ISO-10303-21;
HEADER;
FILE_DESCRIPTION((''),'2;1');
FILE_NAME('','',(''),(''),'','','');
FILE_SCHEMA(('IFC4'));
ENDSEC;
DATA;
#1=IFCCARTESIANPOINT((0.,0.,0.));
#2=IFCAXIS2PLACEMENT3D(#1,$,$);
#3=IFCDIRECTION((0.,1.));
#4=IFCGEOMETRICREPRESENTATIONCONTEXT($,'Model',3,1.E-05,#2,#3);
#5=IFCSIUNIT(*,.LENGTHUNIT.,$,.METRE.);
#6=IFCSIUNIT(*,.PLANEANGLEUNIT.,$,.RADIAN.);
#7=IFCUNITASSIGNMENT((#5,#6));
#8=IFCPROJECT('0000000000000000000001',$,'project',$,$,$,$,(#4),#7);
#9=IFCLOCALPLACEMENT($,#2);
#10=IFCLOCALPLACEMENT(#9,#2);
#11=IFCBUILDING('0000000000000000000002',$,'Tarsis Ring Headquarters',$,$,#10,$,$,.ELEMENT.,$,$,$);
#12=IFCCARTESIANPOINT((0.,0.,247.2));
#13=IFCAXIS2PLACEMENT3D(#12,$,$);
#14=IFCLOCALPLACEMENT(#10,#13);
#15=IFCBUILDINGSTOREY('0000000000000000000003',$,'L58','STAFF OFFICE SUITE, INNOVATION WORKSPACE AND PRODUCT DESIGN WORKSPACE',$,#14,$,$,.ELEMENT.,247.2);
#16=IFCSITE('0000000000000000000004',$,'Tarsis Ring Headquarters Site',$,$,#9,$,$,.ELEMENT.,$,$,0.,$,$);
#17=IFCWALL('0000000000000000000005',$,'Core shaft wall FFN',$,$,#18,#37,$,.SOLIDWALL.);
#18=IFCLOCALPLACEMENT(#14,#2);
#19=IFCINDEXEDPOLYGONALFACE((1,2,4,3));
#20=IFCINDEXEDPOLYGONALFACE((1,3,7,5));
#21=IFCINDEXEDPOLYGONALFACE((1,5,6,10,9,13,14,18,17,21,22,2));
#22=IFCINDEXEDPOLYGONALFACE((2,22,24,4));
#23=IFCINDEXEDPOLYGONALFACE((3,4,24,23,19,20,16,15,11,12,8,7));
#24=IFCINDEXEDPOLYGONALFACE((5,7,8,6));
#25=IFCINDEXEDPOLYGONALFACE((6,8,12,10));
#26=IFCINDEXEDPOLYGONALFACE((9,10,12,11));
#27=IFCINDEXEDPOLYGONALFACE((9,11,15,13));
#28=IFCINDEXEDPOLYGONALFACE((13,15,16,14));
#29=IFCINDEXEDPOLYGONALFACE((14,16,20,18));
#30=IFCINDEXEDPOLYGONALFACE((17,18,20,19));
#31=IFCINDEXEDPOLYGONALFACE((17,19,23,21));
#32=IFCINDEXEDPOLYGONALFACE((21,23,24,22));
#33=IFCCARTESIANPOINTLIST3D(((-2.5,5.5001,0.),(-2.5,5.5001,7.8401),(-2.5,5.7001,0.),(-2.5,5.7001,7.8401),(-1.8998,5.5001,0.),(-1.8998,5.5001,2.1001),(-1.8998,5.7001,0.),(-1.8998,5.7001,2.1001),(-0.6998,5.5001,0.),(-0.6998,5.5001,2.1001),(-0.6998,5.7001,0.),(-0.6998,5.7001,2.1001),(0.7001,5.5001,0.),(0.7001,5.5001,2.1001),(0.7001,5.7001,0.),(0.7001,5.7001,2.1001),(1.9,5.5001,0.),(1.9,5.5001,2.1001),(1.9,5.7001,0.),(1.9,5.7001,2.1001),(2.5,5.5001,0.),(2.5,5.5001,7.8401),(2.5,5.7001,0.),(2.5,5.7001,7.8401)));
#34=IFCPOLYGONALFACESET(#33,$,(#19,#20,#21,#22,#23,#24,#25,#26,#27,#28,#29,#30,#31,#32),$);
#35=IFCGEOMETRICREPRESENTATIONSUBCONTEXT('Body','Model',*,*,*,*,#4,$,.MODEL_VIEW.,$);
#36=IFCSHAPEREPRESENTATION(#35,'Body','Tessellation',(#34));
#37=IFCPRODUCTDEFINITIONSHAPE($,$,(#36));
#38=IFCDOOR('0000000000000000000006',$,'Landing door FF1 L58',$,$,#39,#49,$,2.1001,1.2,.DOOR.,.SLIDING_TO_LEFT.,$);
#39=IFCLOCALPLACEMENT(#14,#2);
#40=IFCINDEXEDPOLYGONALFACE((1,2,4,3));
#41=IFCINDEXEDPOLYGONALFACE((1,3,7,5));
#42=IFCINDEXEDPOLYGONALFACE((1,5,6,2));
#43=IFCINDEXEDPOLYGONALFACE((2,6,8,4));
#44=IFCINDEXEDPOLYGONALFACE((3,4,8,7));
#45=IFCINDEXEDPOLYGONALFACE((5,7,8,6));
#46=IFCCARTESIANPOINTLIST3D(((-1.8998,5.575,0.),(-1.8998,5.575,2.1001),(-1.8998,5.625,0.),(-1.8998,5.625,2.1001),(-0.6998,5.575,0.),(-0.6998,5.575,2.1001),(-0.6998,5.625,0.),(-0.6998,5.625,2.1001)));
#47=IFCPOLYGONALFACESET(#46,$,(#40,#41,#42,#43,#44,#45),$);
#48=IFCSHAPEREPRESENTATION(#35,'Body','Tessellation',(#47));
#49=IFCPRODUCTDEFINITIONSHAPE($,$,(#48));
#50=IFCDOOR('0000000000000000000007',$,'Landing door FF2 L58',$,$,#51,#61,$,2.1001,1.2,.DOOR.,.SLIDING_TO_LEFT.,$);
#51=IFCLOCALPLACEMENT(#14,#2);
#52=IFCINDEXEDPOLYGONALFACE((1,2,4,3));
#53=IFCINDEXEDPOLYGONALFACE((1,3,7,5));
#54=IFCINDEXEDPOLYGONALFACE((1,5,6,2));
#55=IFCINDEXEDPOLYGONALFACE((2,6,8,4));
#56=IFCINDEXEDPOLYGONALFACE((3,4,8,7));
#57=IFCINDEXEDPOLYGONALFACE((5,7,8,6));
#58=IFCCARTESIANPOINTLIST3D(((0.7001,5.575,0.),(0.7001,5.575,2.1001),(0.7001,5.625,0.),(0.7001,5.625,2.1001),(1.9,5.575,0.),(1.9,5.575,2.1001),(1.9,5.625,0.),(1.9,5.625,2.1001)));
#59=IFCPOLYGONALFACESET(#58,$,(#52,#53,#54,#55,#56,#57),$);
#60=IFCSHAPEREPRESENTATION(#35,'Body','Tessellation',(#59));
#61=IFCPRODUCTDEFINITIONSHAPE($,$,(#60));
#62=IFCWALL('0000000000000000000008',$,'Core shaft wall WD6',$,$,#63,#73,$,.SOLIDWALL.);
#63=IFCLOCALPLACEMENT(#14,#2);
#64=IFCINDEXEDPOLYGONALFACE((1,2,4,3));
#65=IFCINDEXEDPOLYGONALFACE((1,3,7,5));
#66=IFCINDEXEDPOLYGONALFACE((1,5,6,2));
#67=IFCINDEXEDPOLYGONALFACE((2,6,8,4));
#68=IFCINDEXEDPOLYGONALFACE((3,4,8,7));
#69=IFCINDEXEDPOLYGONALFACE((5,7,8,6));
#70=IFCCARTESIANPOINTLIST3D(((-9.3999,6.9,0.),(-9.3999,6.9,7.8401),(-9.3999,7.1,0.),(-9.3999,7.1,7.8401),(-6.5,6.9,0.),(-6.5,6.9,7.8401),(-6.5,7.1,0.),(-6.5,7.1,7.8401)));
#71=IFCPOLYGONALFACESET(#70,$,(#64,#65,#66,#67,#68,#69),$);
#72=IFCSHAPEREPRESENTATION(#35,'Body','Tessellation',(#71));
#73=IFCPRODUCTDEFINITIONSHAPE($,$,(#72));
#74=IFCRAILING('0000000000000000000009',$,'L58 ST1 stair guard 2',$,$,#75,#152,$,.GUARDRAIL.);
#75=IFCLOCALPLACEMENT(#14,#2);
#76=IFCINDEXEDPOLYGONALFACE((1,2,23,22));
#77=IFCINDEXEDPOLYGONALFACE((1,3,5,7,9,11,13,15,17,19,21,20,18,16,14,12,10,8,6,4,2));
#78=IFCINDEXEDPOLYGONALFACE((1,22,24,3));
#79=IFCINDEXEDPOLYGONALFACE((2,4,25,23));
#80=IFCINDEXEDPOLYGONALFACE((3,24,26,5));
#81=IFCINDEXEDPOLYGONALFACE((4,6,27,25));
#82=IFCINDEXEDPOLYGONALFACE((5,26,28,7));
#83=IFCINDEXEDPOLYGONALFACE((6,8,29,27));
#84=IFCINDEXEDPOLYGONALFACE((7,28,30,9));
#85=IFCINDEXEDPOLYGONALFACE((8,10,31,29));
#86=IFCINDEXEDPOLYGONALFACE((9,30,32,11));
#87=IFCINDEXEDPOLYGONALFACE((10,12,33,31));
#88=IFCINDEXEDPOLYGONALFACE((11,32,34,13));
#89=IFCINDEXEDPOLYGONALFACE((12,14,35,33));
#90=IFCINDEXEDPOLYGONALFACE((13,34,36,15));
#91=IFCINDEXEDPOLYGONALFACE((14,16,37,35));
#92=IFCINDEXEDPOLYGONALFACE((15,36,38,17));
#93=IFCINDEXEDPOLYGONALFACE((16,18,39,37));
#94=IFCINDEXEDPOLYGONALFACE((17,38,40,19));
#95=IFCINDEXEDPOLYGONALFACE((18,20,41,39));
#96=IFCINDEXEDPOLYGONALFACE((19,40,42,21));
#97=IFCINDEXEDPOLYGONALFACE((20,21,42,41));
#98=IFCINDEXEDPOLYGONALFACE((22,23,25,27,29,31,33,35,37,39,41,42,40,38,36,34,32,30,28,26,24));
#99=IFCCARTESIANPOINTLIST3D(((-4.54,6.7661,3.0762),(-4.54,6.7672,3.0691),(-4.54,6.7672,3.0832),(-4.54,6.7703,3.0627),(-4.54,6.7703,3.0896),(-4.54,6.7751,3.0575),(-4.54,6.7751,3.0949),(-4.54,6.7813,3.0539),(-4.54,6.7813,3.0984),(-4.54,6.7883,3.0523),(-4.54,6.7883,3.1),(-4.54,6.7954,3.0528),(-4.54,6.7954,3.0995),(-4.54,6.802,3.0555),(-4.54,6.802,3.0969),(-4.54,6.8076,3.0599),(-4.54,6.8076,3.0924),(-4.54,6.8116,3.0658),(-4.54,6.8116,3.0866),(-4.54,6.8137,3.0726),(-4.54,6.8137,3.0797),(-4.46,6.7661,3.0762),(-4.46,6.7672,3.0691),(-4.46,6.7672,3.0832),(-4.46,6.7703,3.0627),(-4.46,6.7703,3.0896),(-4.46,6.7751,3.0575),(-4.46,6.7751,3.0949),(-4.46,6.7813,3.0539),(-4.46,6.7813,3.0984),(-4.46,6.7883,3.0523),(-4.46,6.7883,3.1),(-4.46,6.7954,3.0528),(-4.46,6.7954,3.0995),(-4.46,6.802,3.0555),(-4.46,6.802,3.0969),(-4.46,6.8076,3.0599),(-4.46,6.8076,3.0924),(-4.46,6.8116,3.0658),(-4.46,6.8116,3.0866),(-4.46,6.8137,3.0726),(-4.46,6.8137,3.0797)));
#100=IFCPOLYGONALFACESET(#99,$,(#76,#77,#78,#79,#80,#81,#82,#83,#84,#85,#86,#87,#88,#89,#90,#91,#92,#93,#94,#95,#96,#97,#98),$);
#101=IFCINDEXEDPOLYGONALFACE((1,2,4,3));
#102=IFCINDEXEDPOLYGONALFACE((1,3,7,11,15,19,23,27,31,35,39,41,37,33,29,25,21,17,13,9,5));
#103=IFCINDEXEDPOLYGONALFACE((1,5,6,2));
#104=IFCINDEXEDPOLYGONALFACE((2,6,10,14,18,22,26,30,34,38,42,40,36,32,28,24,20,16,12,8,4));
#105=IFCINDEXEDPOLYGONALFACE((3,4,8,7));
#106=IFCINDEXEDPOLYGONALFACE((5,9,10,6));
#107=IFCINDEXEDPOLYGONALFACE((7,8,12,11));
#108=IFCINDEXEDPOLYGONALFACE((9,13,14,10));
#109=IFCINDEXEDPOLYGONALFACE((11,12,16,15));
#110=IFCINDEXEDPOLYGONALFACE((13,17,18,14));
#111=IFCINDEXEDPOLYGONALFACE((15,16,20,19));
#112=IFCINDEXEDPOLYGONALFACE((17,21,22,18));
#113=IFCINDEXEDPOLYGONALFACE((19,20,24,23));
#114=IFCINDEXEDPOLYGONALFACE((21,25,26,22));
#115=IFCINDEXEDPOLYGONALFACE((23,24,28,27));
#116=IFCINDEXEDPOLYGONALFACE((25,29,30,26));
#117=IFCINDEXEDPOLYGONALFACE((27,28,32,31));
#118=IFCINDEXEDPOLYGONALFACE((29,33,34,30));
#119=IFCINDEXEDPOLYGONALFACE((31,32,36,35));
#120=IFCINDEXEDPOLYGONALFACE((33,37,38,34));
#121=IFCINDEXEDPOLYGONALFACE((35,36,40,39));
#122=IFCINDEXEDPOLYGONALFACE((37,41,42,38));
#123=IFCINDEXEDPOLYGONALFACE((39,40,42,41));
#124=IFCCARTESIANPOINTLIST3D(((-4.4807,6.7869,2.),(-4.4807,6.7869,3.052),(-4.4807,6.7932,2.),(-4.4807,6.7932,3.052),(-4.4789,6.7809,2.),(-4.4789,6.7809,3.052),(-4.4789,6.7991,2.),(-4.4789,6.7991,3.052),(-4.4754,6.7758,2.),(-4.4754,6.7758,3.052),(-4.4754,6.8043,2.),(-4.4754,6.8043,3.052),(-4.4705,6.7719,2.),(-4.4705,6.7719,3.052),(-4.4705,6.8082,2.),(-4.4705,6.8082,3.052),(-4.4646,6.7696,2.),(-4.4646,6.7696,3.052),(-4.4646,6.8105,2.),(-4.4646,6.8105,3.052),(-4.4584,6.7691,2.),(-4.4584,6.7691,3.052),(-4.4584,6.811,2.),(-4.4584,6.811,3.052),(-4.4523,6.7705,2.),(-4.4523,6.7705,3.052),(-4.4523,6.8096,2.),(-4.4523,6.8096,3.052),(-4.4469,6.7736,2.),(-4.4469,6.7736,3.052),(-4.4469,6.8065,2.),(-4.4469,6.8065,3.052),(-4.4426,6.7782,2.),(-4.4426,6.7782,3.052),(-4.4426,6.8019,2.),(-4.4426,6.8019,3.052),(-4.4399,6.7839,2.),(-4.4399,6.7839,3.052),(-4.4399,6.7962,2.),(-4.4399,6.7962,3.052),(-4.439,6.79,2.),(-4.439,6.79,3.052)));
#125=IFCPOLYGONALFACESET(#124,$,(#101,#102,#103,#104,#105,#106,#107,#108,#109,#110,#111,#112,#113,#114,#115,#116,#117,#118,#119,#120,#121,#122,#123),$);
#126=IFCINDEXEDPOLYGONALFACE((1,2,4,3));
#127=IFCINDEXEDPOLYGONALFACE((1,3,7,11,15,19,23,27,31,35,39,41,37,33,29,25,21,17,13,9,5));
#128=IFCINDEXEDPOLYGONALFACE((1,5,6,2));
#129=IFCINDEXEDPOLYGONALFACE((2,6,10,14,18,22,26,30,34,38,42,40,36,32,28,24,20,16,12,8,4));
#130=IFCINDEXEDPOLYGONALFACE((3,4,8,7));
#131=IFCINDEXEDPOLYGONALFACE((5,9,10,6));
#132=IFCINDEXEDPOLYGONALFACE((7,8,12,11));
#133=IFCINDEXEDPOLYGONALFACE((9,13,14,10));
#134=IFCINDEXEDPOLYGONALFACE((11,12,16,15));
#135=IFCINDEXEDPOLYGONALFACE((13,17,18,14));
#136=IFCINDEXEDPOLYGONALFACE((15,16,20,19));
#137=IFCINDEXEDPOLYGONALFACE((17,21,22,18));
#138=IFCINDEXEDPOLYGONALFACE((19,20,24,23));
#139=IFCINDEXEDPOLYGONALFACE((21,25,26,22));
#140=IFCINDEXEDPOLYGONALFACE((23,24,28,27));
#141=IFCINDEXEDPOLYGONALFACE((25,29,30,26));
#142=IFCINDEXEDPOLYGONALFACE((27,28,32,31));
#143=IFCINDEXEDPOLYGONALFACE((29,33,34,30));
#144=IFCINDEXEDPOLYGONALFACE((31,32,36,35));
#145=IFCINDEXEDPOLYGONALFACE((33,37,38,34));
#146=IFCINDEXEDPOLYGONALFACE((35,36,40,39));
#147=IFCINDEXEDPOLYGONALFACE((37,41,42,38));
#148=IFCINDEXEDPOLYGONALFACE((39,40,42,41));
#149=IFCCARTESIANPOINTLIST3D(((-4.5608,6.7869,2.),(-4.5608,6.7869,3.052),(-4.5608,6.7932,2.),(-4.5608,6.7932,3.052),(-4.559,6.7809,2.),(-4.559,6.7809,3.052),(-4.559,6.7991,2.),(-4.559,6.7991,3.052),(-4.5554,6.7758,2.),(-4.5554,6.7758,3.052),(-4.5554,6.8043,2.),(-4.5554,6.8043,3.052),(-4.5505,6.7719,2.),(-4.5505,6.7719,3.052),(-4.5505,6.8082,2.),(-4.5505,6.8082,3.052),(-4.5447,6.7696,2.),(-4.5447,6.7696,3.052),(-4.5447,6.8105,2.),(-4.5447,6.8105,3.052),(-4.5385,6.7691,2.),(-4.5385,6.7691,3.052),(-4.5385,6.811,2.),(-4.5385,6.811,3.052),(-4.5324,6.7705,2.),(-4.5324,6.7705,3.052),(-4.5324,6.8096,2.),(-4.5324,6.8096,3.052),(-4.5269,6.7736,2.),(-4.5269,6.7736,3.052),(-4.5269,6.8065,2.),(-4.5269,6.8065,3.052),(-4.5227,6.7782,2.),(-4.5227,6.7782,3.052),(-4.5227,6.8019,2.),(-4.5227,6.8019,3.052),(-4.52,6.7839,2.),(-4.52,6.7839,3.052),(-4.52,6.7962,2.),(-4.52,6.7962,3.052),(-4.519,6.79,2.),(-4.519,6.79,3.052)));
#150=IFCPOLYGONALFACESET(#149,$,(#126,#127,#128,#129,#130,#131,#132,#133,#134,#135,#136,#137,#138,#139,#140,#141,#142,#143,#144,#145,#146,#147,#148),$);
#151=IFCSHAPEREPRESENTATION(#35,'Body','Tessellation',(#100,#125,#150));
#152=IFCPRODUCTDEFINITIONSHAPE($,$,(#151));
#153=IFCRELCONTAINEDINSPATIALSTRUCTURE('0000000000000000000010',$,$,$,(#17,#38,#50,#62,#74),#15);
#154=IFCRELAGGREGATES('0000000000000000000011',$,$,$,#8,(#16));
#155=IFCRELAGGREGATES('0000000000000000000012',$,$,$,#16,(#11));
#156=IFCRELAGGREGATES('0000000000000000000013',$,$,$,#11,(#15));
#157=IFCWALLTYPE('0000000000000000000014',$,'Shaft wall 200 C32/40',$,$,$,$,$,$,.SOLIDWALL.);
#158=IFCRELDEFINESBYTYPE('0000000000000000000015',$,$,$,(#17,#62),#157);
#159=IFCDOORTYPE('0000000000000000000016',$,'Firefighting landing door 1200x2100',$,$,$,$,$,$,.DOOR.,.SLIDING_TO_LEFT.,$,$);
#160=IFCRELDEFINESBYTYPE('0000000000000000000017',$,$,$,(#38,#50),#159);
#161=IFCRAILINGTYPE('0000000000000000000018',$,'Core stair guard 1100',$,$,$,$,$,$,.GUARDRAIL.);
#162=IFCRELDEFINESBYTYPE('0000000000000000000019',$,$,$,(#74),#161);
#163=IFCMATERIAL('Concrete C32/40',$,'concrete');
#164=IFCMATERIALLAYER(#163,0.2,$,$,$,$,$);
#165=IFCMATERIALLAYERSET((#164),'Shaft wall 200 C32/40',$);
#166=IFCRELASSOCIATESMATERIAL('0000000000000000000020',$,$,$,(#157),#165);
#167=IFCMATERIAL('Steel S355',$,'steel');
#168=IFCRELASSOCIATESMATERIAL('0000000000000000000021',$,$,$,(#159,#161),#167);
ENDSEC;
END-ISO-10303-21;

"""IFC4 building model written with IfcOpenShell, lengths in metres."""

from ifc_helpers import new_model, si_unit, direction, frame, frame_2d, origin, origin_2d, place, context, subcontext, project, spatial, rectangle, circle, extrude, material, layer, layer_set, type_object, element, fill, save


model = new_model("IFC4")

# Units and contexts
model_context = context("Model", 3, precision=1e-05, world=origin(), true_north=direction((0.0, 1.0)))
body_context = subcontext(model_context, "Body", "Model", "MODEL_VIEW")
ifc_project = project(units=[si_unit("LENGTHUNIT", "METRE"), si_unit("PLANEANGLEUNIT", "RADIAN")], contexts=[model_context])

# Site, building, storey
site_placement = place(None, origin())
site = spatial("IfcSite", under=ifc_project, at=site_placement, Name="Tarsis Ring Headquarters Site", CompositionType="ELEMENT", RefElevation=0.0)
building_placement = place(site_placement, origin())
building = spatial("IfcBuilding", under=site, at=building_placement, Name="Tarsis Ring Headquarters", CompositionType="ELEMENT")
storey_placement = place(building_placement, frame((0.0, 0.0, 247.2)))
storey = spatial("IfcBuildingStorey", under=building, at=storey_placement, Name="L58", Description="STAFF OFFICE SUITE, INNOVATION WORKSPACE AND PRODUCT DESIGN WORKSPACE", CompositionType="ELEMENT", Elevation=247.2)

# Shared definitions
ifc_material_1 = material(Name="Steel S355", Category="steel")

# Shared definitions
ifc_material_2 = material(Name="Concrete C32/40", Category="concrete")
ifc_layer_1 = layer(ifc_material_2, 0.2)
ifc_layer_set_1 = layer_set([ifc_layer_1], Name="Shaft wall 200 C32/40")
wall_type_1 = type_object("IfcWallType", Name="Shaft wall 200 C32/40", PredefinedType="SOLIDWALL", material=ifc_layer_set_1)

# Wall, openings, doors
wall_1_placement = place(storey_placement, frame((-2.5, 5.6001, 0.0), z_axis=(0.0, 0.0, 1.0), x_axis=(1.0, 0.0, 0.0)))
wall_1 = element("IfcWall", 1, at=wall_1_placement, inside=storey, type_object=wall_type_1, Name="Core shaft wall FFN", PredefinedType="SOLIDWALL", context=body_context, shape_type="SweptSolid", body=[
    extrude(rectangle(XDim=5.0, YDim=0.2, at=frame_2d((2.5, 0.0))), origin(), (0.0, 0.0, 1.0), 7.8401),
])
opening_1_placement = place(wall_1_placement, frame((0.6001, 0.0, 0.0)))
opening_1 = element("IfcOpeningElement", 2, at=opening_1_placement, cuts=wall_1, PredefinedType="OPENING", context=body_context, shape_type="SweptSolid", body=[
    extrude(rectangle(XDim=1.2, YDim=2.1001, at=frame_2d((0.6001, 1.05))), frame((0.0, 0.1099, 0.0), z_axis=(0.0, -1.0, 0.0), x_axis=(1.0, 0.0, 0.0)), (0.0, 0.0, 1.0), 0.22),
])
opening_2_placement = place(wall_1_placement, frame((3.2, 0.0, 0.0)))
opening_2 = element("IfcOpeningElement", 3, at=opening_2_placement, cuts=wall_1, PredefinedType="OPENING", context=body_context, shape_type="SweptSolid", body=[
    extrude(rectangle(XDim=1.2, YDim=2.1001, at=frame_2d((0.6001, 1.05))), frame((0.0, 0.1099, 0.0), z_axis=(0.0, -1.0, 0.0), x_axis=(1.0, 0.0, 0.0)), (0.0, 0.0, 1.0), 0.22),
])
door_type_1 = type_object("IfcDoorType", Name="Firefighting landing door 1200x2100", OperationType="SLIDING_TO_LEFT", PredefinedType="DOOR", material=ifc_material_1)
door_1_placement = place(opening_1_placement, origin())
door_1 = element("IfcDoor", 4, at=door_1_placement, inside=storey, type_object=door_type_1, Name="Landing door FF1 L58", OperationType="SLIDING_TO_LEFT", OverallHeight=2.1001, OverallWidth=1.2, PredefinedType="DOOR", context=body_context, shape_type="SweptSolid", body=[
    extrude(rectangle(XDim=1.2, YDim=2.1001, at=frame_2d((0.6001, 1.05))), frame((0.0, 0.0249, 0.0), z_axis=(0.0, -1.0, 0.0), x_axis=(1.0, 0.0, 0.0)), (0.0, 0.0, 1.0), 0.05),
])
fill(opening_1, door_1)
door_2_placement = place(opening_2_placement, origin())
door_2 = element("IfcDoor", 5, at=door_2_placement, inside=storey, type_object=door_type_1, Name="Landing door FF2 L58", OperationType="SLIDING_TO_LEFT", OverallHeight=2.1001, OverallWidth=1.2, PredefinedType="DOOR", context=body_context, shape_type="SweptSolid", body=[
    extrude(rectangle(XDim=1.2, YDim=2.1001, at=frame_2d((0.6001, 1.05))), frame((0.0, 0.0249, 0.0), z_axis=(0.0, -1.0, 0.0), x_axis=(1.0, 0.0, 0.0)), (0.0, 0.0, 1.0), 0.05),
])
fill(opening_2, door_2)

# Wall
wall_2_placement = place(storey_placement, frame((-9.3999, 7.0, 0.0), z_axis=(0.0, 0.0, 1.0), x_axis=(1.0, 0.0, 0.0)))
element("IfcWall", 6, at=wall_2_placement, inside=storey, type_object=wall_type_1, Name="Core shaft wall WD6", PredefinedType="SOLIDWALL", context=body_context, shape_type="SweptSolid", body=[
    extrude(rectangle(XDim=2.8999, YDim=0.2, at=frame_2d((1.45, 0.0))), origin(), (0.0, 0.0, 1.0), 7.8401),
])

# Railing
railing_type_1 = type_object("IfcRailingType", Name="Core stair guard 1100", PredefinedType="GUARDRAIL", material=ifc_material_1)
railing_1_placement = place(storey_placement, frame((-4.46, 6.79, 2.0)))
element("IfcRailing", 7, at=railing_1_placement, inside=storey, type_object=railing_type_1, Name="L58 ST1 stair guard 2", PredefinedType="GUARDRAIL", context=body_context, shape_type="SweptSolid", body=[
    extrude(circle(Radius=0.0239, at=origin_2d()), frame((0.0, 0.0, 1.0762), z_axis=(-1.0, 0.0, 0.0), x_axis=(0.0, -1.0, 0.0)), (0.0, 0.0, 1.0), 0.0801),
    extrude(circle(Radius=0.021, at=origin_2d()), origin(), (0.0, 0.0, 1.0), 1.052),
    extrude(circle(Radius=0.021, at=origin_2d()), frame((-0.0801, 0.0, 0.0)), (0.0, 0.0, 1.0), 1.052),
])

save(model, "model.ifc")
